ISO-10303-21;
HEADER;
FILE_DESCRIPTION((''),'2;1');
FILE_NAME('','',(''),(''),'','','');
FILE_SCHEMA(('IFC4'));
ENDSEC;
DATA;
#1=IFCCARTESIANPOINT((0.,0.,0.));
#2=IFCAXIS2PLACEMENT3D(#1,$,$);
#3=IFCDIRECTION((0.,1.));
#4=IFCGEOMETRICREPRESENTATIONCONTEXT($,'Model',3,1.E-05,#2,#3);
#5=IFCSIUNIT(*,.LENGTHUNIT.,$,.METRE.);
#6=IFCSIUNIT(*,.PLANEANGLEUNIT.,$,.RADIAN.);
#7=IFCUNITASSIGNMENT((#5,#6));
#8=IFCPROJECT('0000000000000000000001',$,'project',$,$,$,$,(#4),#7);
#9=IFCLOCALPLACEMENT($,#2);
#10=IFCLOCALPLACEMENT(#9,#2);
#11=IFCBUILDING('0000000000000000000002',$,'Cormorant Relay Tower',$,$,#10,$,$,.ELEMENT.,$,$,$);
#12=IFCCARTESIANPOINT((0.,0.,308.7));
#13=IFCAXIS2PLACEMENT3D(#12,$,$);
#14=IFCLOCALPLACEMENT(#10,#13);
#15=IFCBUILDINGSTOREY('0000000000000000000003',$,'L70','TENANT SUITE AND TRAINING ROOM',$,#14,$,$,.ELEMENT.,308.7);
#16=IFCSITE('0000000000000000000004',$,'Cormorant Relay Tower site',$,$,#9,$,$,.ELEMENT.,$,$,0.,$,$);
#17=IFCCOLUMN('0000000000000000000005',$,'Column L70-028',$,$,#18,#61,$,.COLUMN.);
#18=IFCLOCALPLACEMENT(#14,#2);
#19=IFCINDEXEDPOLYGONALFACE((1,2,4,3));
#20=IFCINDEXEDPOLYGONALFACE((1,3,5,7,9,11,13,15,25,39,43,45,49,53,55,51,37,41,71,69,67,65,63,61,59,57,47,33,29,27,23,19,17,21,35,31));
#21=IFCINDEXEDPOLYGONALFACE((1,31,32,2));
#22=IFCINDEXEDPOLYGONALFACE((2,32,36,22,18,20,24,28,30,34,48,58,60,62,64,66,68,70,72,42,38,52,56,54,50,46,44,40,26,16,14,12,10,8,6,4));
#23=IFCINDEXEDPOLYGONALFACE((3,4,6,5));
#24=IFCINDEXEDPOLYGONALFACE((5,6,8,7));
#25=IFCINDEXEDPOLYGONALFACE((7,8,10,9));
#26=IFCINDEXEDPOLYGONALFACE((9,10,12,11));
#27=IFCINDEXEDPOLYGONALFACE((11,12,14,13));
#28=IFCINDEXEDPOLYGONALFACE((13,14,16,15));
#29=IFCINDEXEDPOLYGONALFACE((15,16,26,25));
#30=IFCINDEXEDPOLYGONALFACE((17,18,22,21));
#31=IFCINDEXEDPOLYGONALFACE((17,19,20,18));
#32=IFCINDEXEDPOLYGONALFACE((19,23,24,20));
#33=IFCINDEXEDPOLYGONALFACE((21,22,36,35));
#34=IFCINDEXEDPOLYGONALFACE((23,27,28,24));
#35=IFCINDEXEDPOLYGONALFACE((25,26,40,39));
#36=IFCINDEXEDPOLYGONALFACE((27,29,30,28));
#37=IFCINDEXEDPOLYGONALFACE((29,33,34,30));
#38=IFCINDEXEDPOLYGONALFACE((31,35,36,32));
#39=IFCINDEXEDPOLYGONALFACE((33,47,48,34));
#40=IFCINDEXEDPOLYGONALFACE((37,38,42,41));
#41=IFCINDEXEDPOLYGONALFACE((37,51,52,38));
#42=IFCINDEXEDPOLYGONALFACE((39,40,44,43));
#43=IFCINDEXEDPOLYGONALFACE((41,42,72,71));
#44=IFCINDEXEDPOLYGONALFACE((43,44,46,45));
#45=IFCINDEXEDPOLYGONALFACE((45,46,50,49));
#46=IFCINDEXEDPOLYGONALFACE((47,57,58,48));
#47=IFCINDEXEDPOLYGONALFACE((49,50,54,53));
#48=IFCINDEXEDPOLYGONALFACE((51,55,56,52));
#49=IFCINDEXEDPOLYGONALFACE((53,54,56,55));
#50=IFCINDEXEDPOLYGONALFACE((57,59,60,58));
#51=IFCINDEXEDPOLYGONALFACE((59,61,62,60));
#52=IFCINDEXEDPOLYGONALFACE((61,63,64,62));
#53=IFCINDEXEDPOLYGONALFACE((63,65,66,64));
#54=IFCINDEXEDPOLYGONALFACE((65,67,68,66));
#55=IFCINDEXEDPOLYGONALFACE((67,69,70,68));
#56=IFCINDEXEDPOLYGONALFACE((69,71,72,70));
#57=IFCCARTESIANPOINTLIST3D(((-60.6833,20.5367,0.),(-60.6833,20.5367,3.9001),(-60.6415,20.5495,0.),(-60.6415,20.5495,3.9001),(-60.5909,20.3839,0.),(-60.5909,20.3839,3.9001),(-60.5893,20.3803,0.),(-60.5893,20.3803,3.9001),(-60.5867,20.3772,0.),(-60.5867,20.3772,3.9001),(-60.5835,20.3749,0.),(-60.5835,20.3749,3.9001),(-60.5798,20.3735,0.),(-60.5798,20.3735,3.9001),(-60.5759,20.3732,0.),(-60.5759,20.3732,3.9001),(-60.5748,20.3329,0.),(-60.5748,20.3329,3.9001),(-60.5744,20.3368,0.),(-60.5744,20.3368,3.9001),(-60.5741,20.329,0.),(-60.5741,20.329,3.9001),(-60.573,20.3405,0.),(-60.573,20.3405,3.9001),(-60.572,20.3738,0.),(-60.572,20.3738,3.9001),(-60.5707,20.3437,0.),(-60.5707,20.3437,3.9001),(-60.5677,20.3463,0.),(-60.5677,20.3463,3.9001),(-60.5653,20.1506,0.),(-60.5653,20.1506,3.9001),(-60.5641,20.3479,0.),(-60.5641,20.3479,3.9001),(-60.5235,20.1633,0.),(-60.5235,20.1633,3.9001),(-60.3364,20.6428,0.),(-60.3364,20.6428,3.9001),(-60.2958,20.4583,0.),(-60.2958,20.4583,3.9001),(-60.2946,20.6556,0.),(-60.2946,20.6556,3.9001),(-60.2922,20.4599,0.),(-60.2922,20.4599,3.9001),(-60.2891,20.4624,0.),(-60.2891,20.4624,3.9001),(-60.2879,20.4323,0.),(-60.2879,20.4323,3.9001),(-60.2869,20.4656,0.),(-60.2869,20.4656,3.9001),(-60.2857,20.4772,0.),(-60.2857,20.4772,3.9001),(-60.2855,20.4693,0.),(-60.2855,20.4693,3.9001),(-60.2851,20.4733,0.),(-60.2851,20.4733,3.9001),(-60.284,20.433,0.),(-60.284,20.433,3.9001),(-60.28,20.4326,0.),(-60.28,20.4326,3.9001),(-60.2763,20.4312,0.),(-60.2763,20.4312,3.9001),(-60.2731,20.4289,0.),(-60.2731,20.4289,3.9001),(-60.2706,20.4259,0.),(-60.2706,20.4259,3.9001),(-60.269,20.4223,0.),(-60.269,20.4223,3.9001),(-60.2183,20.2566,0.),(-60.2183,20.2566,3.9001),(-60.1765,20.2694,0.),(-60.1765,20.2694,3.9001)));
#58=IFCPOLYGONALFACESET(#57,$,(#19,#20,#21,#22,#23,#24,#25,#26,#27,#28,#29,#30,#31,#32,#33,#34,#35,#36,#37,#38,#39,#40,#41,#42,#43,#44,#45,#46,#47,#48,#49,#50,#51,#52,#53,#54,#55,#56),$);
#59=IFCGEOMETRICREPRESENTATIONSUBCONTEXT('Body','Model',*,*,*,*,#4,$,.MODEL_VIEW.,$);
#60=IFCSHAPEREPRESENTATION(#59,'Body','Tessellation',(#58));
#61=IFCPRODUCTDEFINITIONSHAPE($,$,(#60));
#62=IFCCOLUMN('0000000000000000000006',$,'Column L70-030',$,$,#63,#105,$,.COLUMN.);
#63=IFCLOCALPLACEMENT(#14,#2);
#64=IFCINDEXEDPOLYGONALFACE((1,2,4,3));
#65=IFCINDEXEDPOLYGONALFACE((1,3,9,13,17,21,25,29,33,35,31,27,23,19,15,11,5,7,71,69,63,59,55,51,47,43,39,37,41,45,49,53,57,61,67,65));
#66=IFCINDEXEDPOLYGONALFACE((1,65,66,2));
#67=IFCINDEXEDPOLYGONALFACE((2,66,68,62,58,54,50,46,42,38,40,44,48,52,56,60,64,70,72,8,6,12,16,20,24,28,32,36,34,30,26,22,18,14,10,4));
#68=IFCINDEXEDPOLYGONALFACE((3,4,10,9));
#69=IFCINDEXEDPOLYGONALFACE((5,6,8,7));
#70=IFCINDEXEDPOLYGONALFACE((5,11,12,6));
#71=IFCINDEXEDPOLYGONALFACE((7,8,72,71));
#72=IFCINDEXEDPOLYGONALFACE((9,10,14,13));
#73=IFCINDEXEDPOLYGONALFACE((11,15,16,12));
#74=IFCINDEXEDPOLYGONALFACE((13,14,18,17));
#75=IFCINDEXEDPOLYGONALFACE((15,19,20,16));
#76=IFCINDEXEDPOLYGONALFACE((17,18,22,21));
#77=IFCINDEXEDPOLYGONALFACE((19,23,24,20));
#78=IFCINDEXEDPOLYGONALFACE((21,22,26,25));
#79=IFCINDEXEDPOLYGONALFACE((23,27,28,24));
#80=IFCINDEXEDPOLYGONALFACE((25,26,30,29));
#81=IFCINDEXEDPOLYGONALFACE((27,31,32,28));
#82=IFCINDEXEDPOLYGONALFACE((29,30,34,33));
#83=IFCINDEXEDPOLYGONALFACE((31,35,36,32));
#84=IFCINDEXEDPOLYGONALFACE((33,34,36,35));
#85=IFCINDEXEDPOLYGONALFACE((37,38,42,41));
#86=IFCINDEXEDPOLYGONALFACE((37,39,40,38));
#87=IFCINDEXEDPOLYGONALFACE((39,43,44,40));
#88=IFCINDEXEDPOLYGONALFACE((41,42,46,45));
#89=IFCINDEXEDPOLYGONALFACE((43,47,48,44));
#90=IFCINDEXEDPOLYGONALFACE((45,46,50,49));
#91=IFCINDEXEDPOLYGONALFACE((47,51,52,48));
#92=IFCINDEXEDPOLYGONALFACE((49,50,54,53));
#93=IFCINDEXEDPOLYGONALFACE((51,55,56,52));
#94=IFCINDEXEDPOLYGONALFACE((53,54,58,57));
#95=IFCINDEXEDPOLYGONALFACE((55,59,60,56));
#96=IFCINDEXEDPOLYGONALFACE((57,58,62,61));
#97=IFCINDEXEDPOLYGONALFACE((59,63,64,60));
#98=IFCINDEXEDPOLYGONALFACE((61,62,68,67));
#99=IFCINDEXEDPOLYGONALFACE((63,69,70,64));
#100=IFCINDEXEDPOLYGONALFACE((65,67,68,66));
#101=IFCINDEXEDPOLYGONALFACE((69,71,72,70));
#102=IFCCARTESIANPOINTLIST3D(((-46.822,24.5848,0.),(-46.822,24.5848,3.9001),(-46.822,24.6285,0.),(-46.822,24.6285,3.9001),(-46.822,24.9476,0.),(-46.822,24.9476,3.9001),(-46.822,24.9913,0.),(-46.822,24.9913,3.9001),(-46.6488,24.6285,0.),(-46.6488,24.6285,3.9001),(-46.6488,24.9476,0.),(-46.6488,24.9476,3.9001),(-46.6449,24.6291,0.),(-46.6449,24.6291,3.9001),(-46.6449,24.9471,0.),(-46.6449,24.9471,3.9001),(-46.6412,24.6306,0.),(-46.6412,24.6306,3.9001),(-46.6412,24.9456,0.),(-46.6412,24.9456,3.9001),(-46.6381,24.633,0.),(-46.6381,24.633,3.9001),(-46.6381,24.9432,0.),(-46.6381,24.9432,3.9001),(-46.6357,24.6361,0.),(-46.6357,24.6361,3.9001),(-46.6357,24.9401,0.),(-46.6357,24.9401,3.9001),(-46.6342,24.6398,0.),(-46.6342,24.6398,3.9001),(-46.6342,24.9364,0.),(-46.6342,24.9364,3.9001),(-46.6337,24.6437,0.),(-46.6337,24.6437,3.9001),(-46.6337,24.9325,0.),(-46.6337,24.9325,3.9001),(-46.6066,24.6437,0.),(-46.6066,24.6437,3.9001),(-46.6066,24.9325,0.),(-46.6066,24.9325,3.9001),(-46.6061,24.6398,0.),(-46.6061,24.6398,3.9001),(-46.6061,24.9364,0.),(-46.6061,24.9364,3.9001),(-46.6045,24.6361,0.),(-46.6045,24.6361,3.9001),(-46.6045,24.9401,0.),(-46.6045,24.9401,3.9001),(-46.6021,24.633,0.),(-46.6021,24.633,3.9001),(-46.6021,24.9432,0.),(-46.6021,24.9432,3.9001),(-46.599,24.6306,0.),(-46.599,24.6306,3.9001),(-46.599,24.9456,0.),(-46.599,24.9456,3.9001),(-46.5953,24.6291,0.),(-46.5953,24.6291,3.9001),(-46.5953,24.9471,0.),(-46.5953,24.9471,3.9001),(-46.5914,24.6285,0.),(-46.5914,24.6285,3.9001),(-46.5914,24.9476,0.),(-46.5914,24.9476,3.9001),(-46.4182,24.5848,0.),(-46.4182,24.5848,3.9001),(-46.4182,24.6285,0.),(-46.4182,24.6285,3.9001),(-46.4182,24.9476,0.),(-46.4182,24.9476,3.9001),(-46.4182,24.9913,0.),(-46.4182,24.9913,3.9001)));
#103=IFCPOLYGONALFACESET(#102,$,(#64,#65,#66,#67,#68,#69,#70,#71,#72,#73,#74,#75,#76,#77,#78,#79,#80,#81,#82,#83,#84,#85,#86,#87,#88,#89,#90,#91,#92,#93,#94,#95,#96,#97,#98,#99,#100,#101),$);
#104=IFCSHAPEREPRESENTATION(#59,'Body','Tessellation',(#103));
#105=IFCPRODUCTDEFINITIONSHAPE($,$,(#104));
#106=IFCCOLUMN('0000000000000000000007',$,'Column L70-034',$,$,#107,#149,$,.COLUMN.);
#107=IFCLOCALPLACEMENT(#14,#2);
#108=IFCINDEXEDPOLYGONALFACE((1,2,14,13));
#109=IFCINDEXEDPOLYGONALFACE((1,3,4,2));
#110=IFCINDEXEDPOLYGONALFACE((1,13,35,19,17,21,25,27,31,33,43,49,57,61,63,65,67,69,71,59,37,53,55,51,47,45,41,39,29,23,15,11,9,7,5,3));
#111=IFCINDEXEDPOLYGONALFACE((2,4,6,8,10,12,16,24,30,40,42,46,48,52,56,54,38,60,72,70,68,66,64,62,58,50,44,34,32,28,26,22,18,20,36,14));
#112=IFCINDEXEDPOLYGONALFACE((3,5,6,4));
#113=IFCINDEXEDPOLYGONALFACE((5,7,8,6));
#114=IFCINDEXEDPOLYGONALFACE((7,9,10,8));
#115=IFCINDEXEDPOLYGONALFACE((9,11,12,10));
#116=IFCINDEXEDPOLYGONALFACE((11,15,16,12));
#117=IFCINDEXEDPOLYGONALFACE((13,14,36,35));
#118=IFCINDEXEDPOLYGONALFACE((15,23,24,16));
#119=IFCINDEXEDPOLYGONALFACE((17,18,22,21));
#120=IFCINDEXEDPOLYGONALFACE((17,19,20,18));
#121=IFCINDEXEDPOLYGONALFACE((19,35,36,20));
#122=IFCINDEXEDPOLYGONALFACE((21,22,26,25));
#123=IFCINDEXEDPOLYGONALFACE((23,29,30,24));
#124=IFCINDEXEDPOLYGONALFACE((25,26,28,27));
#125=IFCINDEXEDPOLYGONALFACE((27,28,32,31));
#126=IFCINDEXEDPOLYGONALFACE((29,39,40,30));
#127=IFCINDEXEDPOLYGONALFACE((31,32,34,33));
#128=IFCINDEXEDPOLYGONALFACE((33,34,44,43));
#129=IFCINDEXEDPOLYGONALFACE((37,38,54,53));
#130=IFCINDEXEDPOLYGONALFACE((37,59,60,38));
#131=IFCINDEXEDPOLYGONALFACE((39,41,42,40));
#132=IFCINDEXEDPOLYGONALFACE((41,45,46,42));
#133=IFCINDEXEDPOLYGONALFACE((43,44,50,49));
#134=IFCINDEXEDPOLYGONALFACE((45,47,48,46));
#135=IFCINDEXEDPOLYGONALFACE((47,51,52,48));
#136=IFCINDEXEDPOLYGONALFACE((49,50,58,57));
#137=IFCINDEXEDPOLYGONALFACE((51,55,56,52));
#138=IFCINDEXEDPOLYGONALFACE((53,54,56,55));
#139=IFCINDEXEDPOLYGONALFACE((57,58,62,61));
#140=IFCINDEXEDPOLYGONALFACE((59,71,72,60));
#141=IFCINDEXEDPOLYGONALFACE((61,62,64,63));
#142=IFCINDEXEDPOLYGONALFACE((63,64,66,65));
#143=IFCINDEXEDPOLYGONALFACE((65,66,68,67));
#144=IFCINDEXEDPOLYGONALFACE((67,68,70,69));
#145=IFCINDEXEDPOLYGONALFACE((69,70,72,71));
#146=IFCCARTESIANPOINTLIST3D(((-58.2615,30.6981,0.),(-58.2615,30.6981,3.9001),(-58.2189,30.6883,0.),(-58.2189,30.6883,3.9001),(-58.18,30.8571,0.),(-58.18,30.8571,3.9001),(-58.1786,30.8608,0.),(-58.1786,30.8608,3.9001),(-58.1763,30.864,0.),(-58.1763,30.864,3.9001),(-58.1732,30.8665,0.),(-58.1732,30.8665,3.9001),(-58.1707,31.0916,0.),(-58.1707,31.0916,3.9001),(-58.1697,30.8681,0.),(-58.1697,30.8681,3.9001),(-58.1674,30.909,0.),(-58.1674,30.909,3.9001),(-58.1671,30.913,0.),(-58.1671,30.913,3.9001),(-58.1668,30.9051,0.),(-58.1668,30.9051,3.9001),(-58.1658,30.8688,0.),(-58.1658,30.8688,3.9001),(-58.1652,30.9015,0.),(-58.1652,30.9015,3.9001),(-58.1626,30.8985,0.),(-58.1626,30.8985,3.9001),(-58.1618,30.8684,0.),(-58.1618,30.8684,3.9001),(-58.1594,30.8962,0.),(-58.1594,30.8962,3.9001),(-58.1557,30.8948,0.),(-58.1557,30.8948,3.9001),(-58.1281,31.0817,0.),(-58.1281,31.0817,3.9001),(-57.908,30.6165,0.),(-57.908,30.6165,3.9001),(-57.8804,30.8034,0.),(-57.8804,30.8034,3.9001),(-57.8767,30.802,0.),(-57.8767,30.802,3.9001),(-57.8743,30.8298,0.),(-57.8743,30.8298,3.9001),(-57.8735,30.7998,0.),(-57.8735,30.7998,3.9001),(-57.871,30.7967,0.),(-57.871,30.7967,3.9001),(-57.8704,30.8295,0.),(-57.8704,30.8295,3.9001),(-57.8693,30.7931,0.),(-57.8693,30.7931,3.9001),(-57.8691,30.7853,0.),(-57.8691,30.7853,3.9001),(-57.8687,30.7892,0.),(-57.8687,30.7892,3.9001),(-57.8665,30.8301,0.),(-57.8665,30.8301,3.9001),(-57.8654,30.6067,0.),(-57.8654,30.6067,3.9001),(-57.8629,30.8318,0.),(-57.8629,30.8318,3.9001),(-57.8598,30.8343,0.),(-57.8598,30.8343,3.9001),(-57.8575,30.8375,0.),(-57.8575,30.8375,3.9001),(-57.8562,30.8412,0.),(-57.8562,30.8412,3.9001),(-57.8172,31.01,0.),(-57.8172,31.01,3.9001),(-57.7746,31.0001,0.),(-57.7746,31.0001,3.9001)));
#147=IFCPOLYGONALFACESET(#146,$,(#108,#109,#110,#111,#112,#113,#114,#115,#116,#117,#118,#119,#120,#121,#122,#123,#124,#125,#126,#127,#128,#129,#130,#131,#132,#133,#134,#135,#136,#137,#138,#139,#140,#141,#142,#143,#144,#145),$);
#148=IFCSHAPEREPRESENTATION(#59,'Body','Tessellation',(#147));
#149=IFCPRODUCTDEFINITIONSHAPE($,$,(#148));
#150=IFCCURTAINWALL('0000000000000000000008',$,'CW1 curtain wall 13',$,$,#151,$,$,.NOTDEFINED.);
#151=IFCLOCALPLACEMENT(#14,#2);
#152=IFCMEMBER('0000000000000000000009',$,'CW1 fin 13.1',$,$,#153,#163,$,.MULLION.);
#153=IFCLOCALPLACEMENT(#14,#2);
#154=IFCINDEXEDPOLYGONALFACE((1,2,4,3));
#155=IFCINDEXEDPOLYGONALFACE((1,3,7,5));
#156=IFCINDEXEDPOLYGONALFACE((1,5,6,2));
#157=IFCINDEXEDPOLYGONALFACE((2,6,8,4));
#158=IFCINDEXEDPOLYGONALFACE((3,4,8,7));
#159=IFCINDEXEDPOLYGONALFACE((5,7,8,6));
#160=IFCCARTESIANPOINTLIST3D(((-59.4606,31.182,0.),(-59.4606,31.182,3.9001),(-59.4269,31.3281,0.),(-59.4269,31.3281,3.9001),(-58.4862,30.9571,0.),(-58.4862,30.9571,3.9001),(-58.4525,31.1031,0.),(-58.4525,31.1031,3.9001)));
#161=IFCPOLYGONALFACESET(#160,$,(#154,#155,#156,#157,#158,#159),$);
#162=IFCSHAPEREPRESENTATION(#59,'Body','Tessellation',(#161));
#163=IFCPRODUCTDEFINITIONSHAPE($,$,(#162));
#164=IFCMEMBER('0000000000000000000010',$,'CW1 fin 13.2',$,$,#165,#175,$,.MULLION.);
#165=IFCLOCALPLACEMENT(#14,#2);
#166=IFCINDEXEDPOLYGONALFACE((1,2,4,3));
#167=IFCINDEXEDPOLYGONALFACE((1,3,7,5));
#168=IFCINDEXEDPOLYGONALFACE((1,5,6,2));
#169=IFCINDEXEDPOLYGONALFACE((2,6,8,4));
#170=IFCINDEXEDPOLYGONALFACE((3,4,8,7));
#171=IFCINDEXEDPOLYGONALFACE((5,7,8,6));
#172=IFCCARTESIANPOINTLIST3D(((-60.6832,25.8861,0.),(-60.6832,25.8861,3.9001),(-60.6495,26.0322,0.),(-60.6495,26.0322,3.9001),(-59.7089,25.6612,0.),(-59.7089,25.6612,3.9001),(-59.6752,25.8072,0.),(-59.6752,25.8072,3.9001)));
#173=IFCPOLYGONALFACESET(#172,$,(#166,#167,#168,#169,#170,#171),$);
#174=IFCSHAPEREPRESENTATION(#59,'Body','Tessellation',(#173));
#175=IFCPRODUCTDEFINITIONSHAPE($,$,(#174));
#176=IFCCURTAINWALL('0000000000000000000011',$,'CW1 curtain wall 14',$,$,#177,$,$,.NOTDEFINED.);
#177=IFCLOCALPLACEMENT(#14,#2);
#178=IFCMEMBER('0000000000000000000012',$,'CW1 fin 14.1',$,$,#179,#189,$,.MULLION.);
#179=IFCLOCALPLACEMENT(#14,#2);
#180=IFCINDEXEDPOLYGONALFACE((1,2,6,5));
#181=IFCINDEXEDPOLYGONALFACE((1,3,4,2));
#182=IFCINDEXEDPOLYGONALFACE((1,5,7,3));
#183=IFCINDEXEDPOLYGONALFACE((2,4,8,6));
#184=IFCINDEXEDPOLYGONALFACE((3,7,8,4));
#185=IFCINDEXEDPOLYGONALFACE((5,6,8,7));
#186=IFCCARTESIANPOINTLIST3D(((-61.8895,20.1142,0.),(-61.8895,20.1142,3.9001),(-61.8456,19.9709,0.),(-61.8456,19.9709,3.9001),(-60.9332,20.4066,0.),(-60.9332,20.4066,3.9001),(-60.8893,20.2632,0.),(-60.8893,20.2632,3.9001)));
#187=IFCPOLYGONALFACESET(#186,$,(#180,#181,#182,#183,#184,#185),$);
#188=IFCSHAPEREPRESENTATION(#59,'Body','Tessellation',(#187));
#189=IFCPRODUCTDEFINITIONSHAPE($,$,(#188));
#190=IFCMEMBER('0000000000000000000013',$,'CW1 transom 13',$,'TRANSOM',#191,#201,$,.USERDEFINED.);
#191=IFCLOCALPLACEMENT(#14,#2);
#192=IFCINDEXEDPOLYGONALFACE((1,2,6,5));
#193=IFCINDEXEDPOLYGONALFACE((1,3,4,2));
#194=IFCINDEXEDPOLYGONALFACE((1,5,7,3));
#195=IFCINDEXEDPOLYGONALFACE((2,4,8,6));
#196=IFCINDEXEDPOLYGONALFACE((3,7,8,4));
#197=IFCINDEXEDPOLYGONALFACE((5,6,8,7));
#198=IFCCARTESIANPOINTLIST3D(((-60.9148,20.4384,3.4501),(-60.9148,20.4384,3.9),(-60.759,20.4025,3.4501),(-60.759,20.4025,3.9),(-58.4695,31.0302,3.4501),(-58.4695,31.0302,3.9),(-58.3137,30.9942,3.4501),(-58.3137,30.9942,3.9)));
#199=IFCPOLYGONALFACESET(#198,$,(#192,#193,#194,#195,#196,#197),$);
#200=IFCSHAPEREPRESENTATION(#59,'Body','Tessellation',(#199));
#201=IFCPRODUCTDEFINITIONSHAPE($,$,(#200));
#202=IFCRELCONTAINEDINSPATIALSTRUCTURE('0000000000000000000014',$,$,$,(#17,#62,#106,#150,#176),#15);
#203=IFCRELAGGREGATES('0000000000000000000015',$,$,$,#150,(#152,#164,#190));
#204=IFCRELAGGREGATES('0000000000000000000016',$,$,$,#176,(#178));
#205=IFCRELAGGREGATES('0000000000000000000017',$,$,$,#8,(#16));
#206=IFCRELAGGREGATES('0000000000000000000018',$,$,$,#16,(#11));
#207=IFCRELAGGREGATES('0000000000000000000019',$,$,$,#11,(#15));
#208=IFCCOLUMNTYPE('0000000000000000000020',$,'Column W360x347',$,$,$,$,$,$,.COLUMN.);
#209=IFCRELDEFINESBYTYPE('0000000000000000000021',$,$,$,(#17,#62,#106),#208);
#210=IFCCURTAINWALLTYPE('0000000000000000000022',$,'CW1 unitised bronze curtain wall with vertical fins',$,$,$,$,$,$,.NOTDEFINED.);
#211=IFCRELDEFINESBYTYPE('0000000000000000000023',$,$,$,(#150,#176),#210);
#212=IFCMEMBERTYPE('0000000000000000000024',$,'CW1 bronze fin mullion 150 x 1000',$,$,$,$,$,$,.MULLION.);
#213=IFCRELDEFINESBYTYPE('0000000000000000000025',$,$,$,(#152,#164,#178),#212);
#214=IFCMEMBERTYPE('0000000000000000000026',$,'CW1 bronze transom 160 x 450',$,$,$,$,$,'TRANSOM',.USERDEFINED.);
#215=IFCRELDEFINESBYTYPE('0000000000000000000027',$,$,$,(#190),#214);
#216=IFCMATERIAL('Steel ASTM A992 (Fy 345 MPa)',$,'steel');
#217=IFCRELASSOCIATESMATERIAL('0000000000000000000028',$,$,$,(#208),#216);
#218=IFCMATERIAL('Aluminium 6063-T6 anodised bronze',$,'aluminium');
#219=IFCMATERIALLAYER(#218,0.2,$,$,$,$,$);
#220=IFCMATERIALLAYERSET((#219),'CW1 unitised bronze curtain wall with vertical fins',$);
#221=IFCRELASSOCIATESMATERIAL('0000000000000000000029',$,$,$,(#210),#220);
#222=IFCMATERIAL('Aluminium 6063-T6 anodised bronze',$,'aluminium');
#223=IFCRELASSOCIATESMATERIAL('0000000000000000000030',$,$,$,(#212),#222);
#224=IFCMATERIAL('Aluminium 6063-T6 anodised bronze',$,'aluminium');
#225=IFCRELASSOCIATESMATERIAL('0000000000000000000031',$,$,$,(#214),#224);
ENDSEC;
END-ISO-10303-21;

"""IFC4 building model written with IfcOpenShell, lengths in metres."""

from ifc_helpers import new_model, si_unit, direction, frame, origin, origin_2d, place, context, subcontext, project, spatial, rectangle, i_section, extrude, material, layer, layer_set, material_profile, profile_set, type_object, element, aggregate, save


model = new_model("IFC4")

# Units and contexts
model_context = context("Model", 3, precision=1e-05, world=origin(), true_north=direction((0.0, 1.0)))
body_context = subcontext(model_context, "Body", "Model", "MODEL_VIEW")
ifc_project = project(units=[si_unit("LENGTHUNIT", "METRE"), si_unit("PLANEANGLEUNIT", "RADIAN")], contexts=[model_context])

# Site, building, storey
site_placement = place(None, origin())
site = spatial("IfcSite", under=ifc_project, at=site_placement, Name="Cormorant Relay Tower site", CompositionType="ELEMENT", RefElevation=0.0)
building_placement = place(site_placement, origin())
building = spatial("IfcBuilding", under=site, at=building_placement, Name="Cormorant Relay Tower", CompositionType="ELEMENT")
storey_placement = place(building_placement, frame((0.0, 0.0, 308.7)))
storey = spatial("IfcBuildingStorey", under=building, at=storey_placement, Name="L70", Description="TENANT SUITE AND TRAINING ROOM", CompositionType="ELEMENT", Elevation=308.7)

# Columns
ifc_material_1 = material(Name="Steel ASTM A992 (Fy 345 MPa)", Category="steel")
ifc_material_profile_1 = material_profile(ifc_material_1, i_section(OverallWidth=0.4038, OverallDepth=0.4065, WebThickness=0.0271, FlangeThickness=0.0437, FilletRadius=0.0151, at=origin_2d()), Name="W360x347")
ifc_profile_set_1 = profile_set([ifc_material_profile_1], Name="Steel ASTM A992 (Fy 345 MPa)")
column_type = type_object("IfcColumnType", Name="Column W360x347", PredefinedType="COLUMN", material=ifc_profile_set_1)
for number, where, z_axis, x_axis, name in (
    (1, (-60.4299, 20.4031, 0.0), (0.0, 0.0, 1.0), (0.292372, -0.956305, 0.0), "Column L70-028"),
    (2, (-46.6201, 24.7881, 0.0), (0.0, 0.0, 1.0), (1.0, 0.0, 0.0), "Column L70-030"),
    (3, (-58.0181, 30.8491, 0.0), (0.0, 0.0, 1.0), (-0.224951, -0.97437, 0.0), "Column L70-034"),
):
    element("IfcColumn", number, at=place(storey_placement, frame(where, z_axis=z_axis, x_axis=x_axis)), inside=storey, type_object=column_type, Name=name, PredefinedType="COLUMN", context=body_context, shape_type="SweptSolid", body=[
        extrude(i_section(OverallWidth=0.4038, OverallDepth=0.4065, WebThickness=0.0271, FlangeThickness=0.0437, FilletRadius=0.0151, at=origin_2d()), origin(), (0.0, 0.0, 1.0), 3.9001),
    ])

# Curtain wall, members
ifc_material_2 = material(Name="Aluminium 6063-T6 anodised bronze", Category="aluminium")
ifc_layer_1 = layer(ifc_material_2, 0.2)
ifc_layer_set_1 = layer_set([ifc_layer_1], Name="CW1 unitised bronze curtain wall with vertical fins")
curtain_wall_type = type_object("IfcCurtainWallType", Name="CW1 unitised bronze curtain wall with vertical fins", PredefinedType="NOTDEFINED", material=ifc_layer_set_1)
curtain_wall_1_placement = place(storey_placement, origin())
curtain_wall_1 = element("IfcCurtainWall", 4, at=curtain_wall_1_placement, inside=storey, type_object=curtain_wall_type, Name="CW1 curtain wall 13", PredefinedType="NOTDEFINED")
ifc_material_3 = material(Name="Aluminium 6063-T6 anodised bronze", Category="aluminium")
ifc_material_profile_2 = material_profile(ifc_material_3, rectangle(XDim=0.1499, YDim=1.0, at=origin_2d()), Name="AL 150x1000")
ifc_profile_set_2 = profile_set([ifc_material_profile_2], Name="Aluminium 6063-T6 anodised bronze")
member_type_1 = type_object("IfcMemberType", Name="CW1 bronze fin mullion 150 x 1000", PredefinedType="MULLION", material=ifc_profile_set_2)
member_1_placement = place(storey_placement, frame((-58.9565, 31.1426, 0.0), z_axis=(0.0, 0.0, 1.0), x_axis=(-0.224951, -0.97437, 0.0)))
member_1 = element("IfcMember", 5, at=member_1_placement, type_object=member_type_1, Name="CW1 fin 13.1", PredefinedType="MULLION", context=body_context, shape_type="SweptSolid", body=[
    extrude(rectangle(XDim=0.1499, YDim=1.0, at=origin_2d()), origin(), (0.0, 0.0, 1.0), 3.9001),
])
member_2_placement = place(storey_placement, frame((-60.1792, 25.8467, 0.0), z_axis=(0.0, 0.0, 1.0), x_axis=(-0.224951, -0.97437, 0.0)))
member_2 = element("IfcMember", 6, at=member_2_placement, type_object=member_type_1, Name="CW1 fin 13.2", PredefinedType="MULLION", context=body_context, shape_type="SweptSolid", body=[
    extrude(rectangle(XDim=0.1499, YDim=1.0, at=origin_2d()), origin(), (0.0, 0.0, 1.0), 3.9001),
])

# Curtain wall, member
curtain_wall_2_placement = place(storey_placement, origin())
curtain_wall_2 = element("IfcCurtainWall", 7, at=curtain_wall_2_placement, inside=storey, type_object=curtain_wall_type, Name="CW1 curtain wall 14", PredefinedType="NOTDEFINED")
member_3_placement = place(storey_placement, frame((-61.3894, 20.1887, 0.0), z_axis=(0.0, 0.0, 1.0), x_axis=(0.292372, -0.956305, 0.0)))
member_3 = element("IfcMember", 8, at=member_3_placement, type_object=member_type_1, Name="CW1 fin 14.1", PredefinedType="MULLION", context=body_context, shape_type="SweptSolid", body=[
    extrude(rectangle(XDim=0.1499, YDim=1.0, at=origin_2d()), origin(), (0.0, 0.0, 1.0), 3.9001),
])

# Member
ifc_material_4 = material(Name="Aluminium 6063-T6 anodised bronze", Category="aluminium")
ifc_material_profile_3 = material_profile(ifc_material_4, rectangle(XDim=0.1599, YDim=0.45, at=origin_2d()), Name="AL 160x450")
ifc_profile_set_3 = profile_set([ifc_material_profile_3], Name="Aluminium 6063-T6 anodised bronze")
member_type_2 = type_object("IfcMemberType", Name="CW1 bronze transom 160 x 450", ElementType="TRANSOM", PredefinedType="USERDEFINED", material=ifc_profile_set_3)
member_4_placement = place(storey_placement, frame((-58.3916, 31.0122, 3.675), z_axis=(-0.224951, -0.97437, 0.0), x_axis=(0.97437, -0.224951, 0.0)))
member_4 = element("IfcMember", 9, at=member_4_placement, type_object=member_type_2, Name="CW1 transom 13", ObjectType="TRANSOM", PredefinedType="USERDEFINED", context=body_context, shape_type="SweptSolid", body=[
    extrude(rectangle(XDim=0.1599, YDim=0.45, at=origin_2d()), origin(), (0.0, 0.0, 1.0), 10.8704),
])

aggregate(curtain_wall_1, [member_1, member_2, member_4])
aggregate(curtain_wall_2, [member_3])

save(model, "model.ifc")
